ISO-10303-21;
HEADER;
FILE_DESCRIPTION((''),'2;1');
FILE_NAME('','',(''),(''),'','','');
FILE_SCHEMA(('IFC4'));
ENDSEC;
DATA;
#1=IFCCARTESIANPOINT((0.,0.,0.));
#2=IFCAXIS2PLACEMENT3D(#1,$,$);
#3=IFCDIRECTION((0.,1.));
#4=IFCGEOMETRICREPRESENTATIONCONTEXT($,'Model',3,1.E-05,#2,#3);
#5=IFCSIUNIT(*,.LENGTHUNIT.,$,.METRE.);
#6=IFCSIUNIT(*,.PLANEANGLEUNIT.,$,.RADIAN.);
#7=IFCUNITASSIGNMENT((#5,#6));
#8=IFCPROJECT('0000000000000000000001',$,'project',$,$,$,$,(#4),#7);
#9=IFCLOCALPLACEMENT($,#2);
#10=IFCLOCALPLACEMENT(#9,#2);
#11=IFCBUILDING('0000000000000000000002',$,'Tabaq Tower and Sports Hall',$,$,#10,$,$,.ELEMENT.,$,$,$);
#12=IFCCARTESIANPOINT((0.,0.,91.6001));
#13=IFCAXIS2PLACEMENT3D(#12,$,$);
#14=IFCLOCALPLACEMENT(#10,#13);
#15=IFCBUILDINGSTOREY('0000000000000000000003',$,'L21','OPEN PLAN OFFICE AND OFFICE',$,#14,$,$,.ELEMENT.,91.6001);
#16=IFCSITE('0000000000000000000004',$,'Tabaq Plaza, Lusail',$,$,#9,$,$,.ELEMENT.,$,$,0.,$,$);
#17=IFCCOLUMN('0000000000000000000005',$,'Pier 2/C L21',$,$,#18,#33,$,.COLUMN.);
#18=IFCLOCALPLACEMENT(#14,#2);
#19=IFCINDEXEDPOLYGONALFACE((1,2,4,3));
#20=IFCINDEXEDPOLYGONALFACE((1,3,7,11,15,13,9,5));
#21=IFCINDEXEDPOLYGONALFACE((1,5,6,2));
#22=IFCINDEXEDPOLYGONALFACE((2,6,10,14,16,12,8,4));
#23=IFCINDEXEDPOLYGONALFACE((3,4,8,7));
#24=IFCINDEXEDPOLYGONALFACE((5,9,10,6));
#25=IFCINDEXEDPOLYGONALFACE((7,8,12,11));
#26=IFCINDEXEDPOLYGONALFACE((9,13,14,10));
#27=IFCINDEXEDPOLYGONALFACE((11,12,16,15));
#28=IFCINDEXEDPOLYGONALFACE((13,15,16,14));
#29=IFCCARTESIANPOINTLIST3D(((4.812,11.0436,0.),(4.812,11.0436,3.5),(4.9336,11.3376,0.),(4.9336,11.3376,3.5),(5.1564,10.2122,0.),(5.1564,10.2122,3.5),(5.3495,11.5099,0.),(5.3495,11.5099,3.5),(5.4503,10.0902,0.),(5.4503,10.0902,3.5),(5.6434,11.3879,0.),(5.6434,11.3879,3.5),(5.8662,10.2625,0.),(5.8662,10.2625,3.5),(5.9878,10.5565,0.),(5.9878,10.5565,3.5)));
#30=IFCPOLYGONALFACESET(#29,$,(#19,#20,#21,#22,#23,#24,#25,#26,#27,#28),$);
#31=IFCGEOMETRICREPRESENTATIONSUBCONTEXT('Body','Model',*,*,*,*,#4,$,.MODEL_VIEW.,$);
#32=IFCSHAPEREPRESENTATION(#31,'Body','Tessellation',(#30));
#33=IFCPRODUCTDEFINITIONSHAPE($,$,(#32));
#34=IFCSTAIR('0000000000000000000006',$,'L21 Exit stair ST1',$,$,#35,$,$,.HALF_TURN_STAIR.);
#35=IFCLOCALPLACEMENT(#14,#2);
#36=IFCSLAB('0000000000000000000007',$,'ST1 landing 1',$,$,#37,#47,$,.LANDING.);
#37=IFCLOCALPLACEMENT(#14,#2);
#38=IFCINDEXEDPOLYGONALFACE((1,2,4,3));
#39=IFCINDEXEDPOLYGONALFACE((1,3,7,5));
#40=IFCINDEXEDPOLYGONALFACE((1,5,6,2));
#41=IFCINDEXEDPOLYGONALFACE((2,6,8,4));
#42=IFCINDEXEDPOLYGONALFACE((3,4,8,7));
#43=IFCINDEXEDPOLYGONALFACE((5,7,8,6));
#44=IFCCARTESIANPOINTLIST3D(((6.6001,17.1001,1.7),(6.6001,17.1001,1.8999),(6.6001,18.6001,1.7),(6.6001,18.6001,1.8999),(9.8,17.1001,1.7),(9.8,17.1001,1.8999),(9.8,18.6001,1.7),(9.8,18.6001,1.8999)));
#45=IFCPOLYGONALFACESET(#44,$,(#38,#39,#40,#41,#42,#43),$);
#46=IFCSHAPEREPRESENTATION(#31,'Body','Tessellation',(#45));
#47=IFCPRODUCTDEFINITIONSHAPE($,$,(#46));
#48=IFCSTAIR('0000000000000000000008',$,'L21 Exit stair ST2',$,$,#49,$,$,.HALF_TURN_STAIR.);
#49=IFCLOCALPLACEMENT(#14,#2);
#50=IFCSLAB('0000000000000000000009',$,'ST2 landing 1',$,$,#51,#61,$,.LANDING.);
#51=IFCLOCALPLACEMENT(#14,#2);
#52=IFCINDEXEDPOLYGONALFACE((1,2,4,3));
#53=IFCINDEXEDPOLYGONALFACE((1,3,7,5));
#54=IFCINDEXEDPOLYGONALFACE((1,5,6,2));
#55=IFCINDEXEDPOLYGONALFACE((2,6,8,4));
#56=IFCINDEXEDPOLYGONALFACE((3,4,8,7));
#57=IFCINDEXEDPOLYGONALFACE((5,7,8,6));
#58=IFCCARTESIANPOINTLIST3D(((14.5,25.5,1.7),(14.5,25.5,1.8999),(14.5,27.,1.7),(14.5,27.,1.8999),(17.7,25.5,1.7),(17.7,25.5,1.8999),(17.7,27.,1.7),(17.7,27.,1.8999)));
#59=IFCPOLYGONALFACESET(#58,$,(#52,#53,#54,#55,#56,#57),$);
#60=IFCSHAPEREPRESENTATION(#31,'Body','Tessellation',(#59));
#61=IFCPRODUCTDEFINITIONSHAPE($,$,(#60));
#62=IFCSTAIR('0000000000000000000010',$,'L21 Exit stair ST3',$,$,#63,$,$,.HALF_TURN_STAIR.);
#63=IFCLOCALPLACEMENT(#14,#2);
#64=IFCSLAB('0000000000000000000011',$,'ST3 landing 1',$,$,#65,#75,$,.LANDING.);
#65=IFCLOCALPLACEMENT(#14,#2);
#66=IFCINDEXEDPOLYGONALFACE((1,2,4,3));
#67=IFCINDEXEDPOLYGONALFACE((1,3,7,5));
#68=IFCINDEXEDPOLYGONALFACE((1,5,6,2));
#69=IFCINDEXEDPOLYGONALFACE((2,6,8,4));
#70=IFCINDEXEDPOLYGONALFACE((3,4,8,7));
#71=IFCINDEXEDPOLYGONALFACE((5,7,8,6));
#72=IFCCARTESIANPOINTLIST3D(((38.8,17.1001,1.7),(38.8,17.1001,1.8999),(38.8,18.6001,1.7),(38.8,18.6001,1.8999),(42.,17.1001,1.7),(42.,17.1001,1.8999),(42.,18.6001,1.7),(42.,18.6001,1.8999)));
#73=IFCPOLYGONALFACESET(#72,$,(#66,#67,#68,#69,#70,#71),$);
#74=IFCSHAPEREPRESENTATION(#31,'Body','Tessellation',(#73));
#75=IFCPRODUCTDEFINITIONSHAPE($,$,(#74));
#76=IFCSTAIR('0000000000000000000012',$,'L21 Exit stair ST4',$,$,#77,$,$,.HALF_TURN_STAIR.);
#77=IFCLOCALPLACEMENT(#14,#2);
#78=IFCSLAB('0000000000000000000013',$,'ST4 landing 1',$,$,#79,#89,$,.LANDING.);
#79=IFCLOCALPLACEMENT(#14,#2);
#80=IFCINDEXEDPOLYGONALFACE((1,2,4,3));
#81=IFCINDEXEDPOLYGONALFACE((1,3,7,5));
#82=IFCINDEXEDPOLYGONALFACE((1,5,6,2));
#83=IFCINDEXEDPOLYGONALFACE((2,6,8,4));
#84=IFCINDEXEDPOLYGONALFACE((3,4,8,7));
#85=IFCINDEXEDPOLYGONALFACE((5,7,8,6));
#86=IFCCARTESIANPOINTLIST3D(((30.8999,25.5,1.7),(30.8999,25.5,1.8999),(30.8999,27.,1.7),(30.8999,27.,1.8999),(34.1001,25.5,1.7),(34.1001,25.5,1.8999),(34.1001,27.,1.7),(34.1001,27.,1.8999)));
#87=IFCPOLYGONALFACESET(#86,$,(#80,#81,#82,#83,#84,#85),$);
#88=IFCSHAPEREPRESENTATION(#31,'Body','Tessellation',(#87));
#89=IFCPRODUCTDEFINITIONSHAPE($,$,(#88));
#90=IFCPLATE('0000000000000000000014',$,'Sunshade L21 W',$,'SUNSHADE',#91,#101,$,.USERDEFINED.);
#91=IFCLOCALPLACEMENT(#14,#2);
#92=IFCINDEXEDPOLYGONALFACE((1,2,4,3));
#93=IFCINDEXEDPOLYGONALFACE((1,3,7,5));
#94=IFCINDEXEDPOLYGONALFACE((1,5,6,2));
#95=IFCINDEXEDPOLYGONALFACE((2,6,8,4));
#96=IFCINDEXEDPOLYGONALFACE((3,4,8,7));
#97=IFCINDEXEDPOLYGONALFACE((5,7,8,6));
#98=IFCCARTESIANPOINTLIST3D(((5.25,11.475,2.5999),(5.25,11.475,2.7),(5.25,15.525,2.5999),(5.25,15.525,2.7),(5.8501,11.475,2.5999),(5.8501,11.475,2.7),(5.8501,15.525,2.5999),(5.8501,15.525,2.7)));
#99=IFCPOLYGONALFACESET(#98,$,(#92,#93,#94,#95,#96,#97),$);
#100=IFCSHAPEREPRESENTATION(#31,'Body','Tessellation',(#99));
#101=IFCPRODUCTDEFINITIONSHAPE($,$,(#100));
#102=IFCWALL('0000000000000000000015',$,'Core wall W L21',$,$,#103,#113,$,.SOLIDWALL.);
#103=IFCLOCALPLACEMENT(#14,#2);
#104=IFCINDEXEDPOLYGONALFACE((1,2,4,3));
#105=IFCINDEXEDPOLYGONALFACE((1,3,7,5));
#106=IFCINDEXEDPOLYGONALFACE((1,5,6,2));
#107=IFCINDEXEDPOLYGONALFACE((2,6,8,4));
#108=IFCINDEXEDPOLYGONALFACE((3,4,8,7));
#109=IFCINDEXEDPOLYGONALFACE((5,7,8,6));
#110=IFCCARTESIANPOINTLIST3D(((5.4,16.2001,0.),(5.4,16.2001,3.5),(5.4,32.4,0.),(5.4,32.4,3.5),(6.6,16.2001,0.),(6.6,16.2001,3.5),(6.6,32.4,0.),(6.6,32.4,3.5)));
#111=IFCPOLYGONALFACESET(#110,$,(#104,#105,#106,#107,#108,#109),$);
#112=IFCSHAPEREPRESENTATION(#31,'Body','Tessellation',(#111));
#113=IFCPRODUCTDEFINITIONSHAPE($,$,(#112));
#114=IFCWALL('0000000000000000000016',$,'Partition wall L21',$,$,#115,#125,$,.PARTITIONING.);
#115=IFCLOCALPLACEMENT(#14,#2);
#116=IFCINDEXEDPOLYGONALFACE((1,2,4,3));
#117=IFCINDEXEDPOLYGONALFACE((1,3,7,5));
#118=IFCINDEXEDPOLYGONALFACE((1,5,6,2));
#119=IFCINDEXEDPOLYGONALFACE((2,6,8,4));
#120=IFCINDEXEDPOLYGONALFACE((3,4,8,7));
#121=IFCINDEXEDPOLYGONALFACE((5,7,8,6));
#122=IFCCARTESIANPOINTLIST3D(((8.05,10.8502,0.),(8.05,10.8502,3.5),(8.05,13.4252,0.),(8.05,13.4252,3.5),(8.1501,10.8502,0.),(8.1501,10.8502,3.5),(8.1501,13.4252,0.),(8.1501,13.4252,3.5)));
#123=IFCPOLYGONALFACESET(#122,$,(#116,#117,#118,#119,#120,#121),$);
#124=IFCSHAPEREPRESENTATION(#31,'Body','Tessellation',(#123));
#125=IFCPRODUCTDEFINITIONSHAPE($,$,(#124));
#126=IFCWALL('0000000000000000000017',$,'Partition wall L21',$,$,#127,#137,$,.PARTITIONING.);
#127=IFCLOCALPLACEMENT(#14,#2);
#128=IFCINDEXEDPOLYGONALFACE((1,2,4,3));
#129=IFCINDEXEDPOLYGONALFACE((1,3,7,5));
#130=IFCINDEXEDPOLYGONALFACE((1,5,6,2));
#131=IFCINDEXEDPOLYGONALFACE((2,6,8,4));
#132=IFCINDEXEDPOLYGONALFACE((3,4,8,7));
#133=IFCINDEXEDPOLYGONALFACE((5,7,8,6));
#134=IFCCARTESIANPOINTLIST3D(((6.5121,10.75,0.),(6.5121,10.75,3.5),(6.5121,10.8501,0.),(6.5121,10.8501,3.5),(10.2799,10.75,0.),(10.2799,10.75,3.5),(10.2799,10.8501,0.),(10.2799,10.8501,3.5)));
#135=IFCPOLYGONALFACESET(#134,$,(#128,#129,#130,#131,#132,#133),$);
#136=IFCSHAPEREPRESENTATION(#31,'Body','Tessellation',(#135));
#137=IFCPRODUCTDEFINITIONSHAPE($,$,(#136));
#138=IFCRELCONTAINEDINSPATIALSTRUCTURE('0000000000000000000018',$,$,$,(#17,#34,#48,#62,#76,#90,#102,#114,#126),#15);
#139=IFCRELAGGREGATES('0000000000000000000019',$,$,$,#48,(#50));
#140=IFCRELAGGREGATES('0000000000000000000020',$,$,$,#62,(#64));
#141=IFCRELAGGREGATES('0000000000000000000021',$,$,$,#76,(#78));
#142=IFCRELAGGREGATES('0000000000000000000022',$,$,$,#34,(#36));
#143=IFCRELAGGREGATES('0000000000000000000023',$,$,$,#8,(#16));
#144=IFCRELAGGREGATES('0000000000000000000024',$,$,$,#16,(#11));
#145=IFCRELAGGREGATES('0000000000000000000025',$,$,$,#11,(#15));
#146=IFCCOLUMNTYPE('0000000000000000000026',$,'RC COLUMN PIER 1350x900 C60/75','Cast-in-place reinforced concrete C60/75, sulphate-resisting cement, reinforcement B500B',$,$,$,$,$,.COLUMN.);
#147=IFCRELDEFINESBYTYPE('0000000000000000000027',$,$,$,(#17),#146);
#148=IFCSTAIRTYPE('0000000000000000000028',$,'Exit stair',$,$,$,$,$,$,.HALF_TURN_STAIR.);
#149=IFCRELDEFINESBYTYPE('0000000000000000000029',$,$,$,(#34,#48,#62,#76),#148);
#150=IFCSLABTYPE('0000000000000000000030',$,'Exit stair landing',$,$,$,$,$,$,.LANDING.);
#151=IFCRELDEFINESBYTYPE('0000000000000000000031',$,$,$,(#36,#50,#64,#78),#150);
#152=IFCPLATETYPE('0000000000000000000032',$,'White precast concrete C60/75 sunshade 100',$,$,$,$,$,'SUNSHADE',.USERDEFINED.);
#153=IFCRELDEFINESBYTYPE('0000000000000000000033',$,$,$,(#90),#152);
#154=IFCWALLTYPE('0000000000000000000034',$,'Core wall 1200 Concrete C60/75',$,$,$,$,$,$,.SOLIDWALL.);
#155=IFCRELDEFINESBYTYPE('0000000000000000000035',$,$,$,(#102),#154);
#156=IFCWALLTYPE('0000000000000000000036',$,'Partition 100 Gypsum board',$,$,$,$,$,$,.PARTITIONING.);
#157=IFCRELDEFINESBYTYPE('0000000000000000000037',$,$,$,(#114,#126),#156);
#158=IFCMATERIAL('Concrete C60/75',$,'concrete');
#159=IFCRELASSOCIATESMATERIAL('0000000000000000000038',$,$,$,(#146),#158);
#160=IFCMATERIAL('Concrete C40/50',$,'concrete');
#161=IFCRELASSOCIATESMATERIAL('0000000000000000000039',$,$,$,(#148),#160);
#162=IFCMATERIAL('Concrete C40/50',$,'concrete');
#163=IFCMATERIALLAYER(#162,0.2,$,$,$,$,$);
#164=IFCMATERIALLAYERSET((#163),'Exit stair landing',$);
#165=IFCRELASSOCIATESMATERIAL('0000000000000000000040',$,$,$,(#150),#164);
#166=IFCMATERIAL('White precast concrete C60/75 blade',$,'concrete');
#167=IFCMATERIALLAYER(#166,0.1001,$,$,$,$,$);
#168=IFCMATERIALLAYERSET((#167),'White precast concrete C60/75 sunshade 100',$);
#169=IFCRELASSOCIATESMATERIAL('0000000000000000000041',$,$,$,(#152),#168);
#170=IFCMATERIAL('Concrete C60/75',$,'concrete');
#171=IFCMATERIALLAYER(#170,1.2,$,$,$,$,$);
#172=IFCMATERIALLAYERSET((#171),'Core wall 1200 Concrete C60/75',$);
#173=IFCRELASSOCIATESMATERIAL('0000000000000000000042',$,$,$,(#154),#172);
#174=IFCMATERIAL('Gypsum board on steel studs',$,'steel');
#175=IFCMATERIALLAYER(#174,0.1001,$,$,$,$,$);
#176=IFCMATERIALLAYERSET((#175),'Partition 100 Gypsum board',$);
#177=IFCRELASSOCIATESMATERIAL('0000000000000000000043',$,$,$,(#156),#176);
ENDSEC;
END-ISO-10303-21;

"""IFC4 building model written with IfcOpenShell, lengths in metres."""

from ifc_helpers import new_model, si_unit, direction, frame, frame_2d, origin, origin_2d, place, context, subcontext, project, spatial, polyline, rectangle, outline, extrude, material, layer, layer_set, material_profile, profile_set, type_object, element, aggregate, save


model = new_model("IFC4")

# Units and contexts
model_context = context("Model", 3, precision=1e-05, world=origin(), true_north=direction((0.0, 1.0)))
body_context = subcontext(model_context, "Body", "Model", "MODEL_VIEW")
ifc_project = project(units=[si_unit("LENGTHUNIT", "METRE"), si_unit("PLANEANGLEUNIT", "RADIAN")], contexts=[model_context])

# Site, building, storey
site_placement = place(None, origin())
site = spatial("IfcSite", under=ifc_project, at=site_placement, Name="Tabaq Plaza, Lusail", CompositionType="ELEMENT", RefElevation=0.0)
building_placement = place(site_placement, origin())
building = spatial("IfcBuilding", under=site, at=building_placement, Name="Tabaq Tower and Sports Hall", CompositionType="ELEMENT")
storey_placement = place(building_placement, frame((0.0, 0.0, 91.6001)))
storey = spatial("IfcBuildingStorey", under=building, at=storey_placement, Name="L21", Description="OPEN PLAN OFFICE AND OFFICE", CompositionType="ELEMENT", Elevation=91.6001)

# Column
ifc_material_1 = material(Name="Concrete C60/75", Category="concrete")
ifc_material_profile = material_profile(ifc_material_1, outline(polyline([(-0.45, -0.45), (0.45, -0.45), (0.675, -0.2251), (0.675, 0.2251), (0.45, 0.45), (-0.45, 0.45), (-0.675, 0.2251), (-0.675, -0.2251), (-0.45, -0.45)])), Name="PIER 1350x900")
ifc_profile_set = profile_set([ifc_material_profile], Name="Concrete C60/75")
column_type = type_object("IfcColumnType", Name="RC COLUMN PIER 1350x900 C60/75", Description="Cast-in-place reinforced concrete C60/75, sulphate-resisting cement, reinforcement B500B", PredefinedType="COLUMN", material=ifc_profile_set)
column_placement = place(storey_placement, frame((5.3999, 10.8, 0.0), z_axis=(0.0, 0.0, 1.0), x_axis=(-0.382683, 0.92388, 0.0)))
element("IfcColumn", 1, at=column_placement, inside=storey, type_object=column_type, Name="Pier 2/C L21", PredefinedType="COLUMN", context=body_context, shape_type="SweptSolid", body=[
    extrude(outline(polyline([(-0.45, -0.45), (0.45, -0.45), (0.675, -0.2251), (0.675, 0.2251), (0.45, 0.45), (-0.45, 0.45), (-0.675, 0.2251), (-0.675, -0.2251), (-0.45, -0.45)])), origin(), (0.0, 0.0, 1.0), 3.5),
])

# Stairs, slabs
ifc_material_2 = material(Name="Concrete C40/50", Category="concrete")
stair_type = type_object("IfcStairType", Name="Exit stair", PredefinedType="HALF_TURN_STAIR", material=ifc_material_2)
stair_1_placement = place(storey_placement, origin())
stair_1 = element("IfcStair", 2, at=stair_1_placement, inside=storey, type_object=stair_type, Name="L21 Exit stair ST1", PredefinedType="HALF_TURN_STAIR")
ifc_material_3 = material(Name="Concrete C40/50", Category="concrete")
ifc_layer_1 = layer(ifc_material_3, 0.2)
ifc_layer_set_1 = layer_set([ifc_layer_1], Name="Exit stair landing")
slab_type = type_object("IfcSlabType", Name="Exit stair landing", PredefinedType="LANDING", material=ifc_layer_set_1)
slab_1_placement = place(storey_placement, frame((0.0, 0.0, 1.7)))
slab_1 = element("IfcSlab", 3, at=slab_1_placement, type_object=slab_type, Name="ST1 landing 1", PredefinedType="LANDING", context=body_context, shape_type="SweptSolid", body=[
    extrude(outline(polyline([(6.6001, 18.6001), (6.6001, 17.1001), (9.8, 17.1001), (9.8, 18.6001), (6.6001, 18.6001)])), origin(), (0.0, 0.0, 1.0), 0.2),
])
stair_2_placement = place(storey_placement, origin())
stair_2 = element("IfcStair", 4, at=stair_2_placement, inside=storey, type_object=stair_type, Name="L21 Exit stair ST2", PredefinedType="HALF_TURN_STAIR")
slab_2_placement = place(storey_placement, frame((0.0, 0.0, 1.7)))
slab_2 = element("IfcSlab", 5, at=slab_2_placement, type_object=slab_type, Name="ST2 landing 1", PredefinedType="LANDING", context=body_context, shape_type="SweptSolid", body=[
    extrude(outline(polyline([(14.5, 27.0), (14.5, 25.5), (17.7, 25.5), (17.7, 27.0), (14.5, 27.0)])), origin(), (0.0, 0.0, 1.0), 0.2),
])
aggregate(stair_2, [slab_2])
stair_3_placement = place(storey_placement, origin())
stair_3 = element("IfcStair", 6, at=stair_3_placement, inside=storey, type_object=stair_type, Name="L21 Exit stair ST3", PredefinedType="HALF_TURN_STAIR")
slab_3_placement = place(storey_placement, frame((0.0, 0.0, 1.7)))
slab_3 = element("IfcSlab", 7, at=slab_3_placement, type_object=slab_type, Name="ST3 landing 1", PredefinedType="LANDING", context=body_context, shape_type="SweptSolid", body=[
    extrude(outline(polyline([(38.8, 18.6001), (38.8, 17.1001), (42.0, 17.1001), (42.0, 18.6001), (38.8, 18.6001)])), origin(), (0.0, 0.0, 1.0), 0.2),
])
aggregate(stair_3, [slab_3])
stair_4_placement = place(storey_placement, origin())
stair_4 = element("IfcStair", 8, at=stair_4_placement, inside=storey, type_object=stair_type, Name="L21 Exit stair ST4", PredefinedType="HALF_TURN_STAIR")
slab_4_placement = place(storey_placement, frame((0.0, 0.0, 1.7)))
slab_4 = element("IfcSlab", 9, at=slab_4_placement, type_object=slab_type, Name="ST4 landing 1", PredefinedType="LANDING", context=body_context, shape_type="SweptSolid", body=[
    extrude(outline(polyline([(30.8999, 27.0), (30.8999, 25.5), (34.1001, 25.5), (34.1001, 27.0), (30.8999, 27.0)])), origin(), (0.0, 0.0, 1.0), 0.2),
])
aggregate(stair_4, [slab_4])

# Plate
ifc_material_4 = material(Name="White precast concrete C60/75 blade", Category="concrete")
ifc_layer_2 = layer(ifc_material_4, 0.1001)
ifc_layer_set_2 = layer_set([ifc_layer_2], Name="White precast concrete C60/75 sunshade 100")
plate_type = type_object("IfcPlateType", Name="White precast concrete C60/75 sunshade 100", ElementType="SUNSHADE", PredefinedType="USERDEFINED", material=ifc_layer_set_2)
plate_placement = place(storey_placement, frame((5.55, 13.5, 2.5999), z_axis=(0.0, 0.0, 1.0), x_axis=(0.0, -1.0, 0.0)))
element("IfcPlate", 10, at=plate_placement, inside=storey, type_object=plate_type, Name="Sunshade L21 W", ObjectType="SUNSHADE", PredefinedType="USERDEFINED", context=body_context, shape_type="SweptSolid", body=[
    extrude(rectangle(XDim=4.05, YDim=0.6001, at=origin_2d()), origin(), (0.0, 0.0, 1.0), 0.1001),
])

# Walls
ifc_material_5 = material(Name="Concrete C60/75", Category="concrete")
ifc_layer_3 = layer(ifc_material_5, 1.2)
ifc_layer_set_3 = layer_set([ifc_layer_3], Name="Core wall 1200 Concrete C60/75")
wall_type_1 = type_object("IfcWallType", Name="Core wall 1200 Concrete C60/75", PredefinedType="SOLIDWALL", material=ifc_layer_set_3)
wall_1_placement = place(storey_placement, frame((6.0, 16.2, 0.0), z_axis=(0.0, 0.0, 1.0), x_axis=(0.0, 1.0, 0.0)))
element("IfcWall", 11, at=wall_1_placement, inside=storey, type_object=wall_type_1, Name="Core wall W L21", PredefinedType="SOLIDWALL", context=body_context, shape_type="SweptSolid", body=[
    extrude(rectangle(XDim=16.2, YDim=1.2, at=frame_2d((8.1001, 0.0))), origin(), (0.0, 0.0, 1.0), 3.5),
])
ifc_material_6 = material(Name="Gypsum board on steel studs", Category="steel")
ifc_layer_4 = layer(ifc_material_6, 0.1001)
ifc_layer_set_4 = layer_set([ifc_layer_4], Name="Partition 100 Gypsum board")
wall_type_2 = type_object("IfcWallType", Name="Partition 100 Gypsum board", PredefinedType="PARTITIONING", material=ifc_layer_set_4)
wall_2_placement = place(storey_placement, frame((8.1001, 10.8501, 0.0), z_axis=(0.0, 0.0, 1.0), x_axis=(0.0, 1.0, 0.0)))
element("IfcWall", 12, at=wall_2_placement, inside=storey, type_object=wall_type_2, Name="Partition wall L21", PredefinedType="PARTITIONING", context=body_context, shape_type="SweptSolid", body=[
    extrude(rectangle(XDim=2.575, YDim=0.1001, at=frame_2d((1.2876, 0.0))), origin(), (0.0, 0.0, 1.0), 3.5),
])
wall_3_placement = place(storey_placement, frame((6.5122, 10.8, 0.0), z_axis=(0.0, 0.0, 1.0), x_axis=(1.0, 0.0, 0.0)))
element("IfcWall", 13, at=wall_3_placement, inside=storey, type_object=wall_type_2, Name="Partition wall L21", PredefinedType="PARTITIONING", context=body_context, shape_type="SweptSolid", body=[
    extrude(rectangle(XDim=3.7678, YDim=0.1001, at=frame_2d((1.8838, 0.0))), origin(), (0.0, 0.0, 1.0), 3.5),
])

aggregate(stair_1, [slab_1])

save(model, "model.ifc")
